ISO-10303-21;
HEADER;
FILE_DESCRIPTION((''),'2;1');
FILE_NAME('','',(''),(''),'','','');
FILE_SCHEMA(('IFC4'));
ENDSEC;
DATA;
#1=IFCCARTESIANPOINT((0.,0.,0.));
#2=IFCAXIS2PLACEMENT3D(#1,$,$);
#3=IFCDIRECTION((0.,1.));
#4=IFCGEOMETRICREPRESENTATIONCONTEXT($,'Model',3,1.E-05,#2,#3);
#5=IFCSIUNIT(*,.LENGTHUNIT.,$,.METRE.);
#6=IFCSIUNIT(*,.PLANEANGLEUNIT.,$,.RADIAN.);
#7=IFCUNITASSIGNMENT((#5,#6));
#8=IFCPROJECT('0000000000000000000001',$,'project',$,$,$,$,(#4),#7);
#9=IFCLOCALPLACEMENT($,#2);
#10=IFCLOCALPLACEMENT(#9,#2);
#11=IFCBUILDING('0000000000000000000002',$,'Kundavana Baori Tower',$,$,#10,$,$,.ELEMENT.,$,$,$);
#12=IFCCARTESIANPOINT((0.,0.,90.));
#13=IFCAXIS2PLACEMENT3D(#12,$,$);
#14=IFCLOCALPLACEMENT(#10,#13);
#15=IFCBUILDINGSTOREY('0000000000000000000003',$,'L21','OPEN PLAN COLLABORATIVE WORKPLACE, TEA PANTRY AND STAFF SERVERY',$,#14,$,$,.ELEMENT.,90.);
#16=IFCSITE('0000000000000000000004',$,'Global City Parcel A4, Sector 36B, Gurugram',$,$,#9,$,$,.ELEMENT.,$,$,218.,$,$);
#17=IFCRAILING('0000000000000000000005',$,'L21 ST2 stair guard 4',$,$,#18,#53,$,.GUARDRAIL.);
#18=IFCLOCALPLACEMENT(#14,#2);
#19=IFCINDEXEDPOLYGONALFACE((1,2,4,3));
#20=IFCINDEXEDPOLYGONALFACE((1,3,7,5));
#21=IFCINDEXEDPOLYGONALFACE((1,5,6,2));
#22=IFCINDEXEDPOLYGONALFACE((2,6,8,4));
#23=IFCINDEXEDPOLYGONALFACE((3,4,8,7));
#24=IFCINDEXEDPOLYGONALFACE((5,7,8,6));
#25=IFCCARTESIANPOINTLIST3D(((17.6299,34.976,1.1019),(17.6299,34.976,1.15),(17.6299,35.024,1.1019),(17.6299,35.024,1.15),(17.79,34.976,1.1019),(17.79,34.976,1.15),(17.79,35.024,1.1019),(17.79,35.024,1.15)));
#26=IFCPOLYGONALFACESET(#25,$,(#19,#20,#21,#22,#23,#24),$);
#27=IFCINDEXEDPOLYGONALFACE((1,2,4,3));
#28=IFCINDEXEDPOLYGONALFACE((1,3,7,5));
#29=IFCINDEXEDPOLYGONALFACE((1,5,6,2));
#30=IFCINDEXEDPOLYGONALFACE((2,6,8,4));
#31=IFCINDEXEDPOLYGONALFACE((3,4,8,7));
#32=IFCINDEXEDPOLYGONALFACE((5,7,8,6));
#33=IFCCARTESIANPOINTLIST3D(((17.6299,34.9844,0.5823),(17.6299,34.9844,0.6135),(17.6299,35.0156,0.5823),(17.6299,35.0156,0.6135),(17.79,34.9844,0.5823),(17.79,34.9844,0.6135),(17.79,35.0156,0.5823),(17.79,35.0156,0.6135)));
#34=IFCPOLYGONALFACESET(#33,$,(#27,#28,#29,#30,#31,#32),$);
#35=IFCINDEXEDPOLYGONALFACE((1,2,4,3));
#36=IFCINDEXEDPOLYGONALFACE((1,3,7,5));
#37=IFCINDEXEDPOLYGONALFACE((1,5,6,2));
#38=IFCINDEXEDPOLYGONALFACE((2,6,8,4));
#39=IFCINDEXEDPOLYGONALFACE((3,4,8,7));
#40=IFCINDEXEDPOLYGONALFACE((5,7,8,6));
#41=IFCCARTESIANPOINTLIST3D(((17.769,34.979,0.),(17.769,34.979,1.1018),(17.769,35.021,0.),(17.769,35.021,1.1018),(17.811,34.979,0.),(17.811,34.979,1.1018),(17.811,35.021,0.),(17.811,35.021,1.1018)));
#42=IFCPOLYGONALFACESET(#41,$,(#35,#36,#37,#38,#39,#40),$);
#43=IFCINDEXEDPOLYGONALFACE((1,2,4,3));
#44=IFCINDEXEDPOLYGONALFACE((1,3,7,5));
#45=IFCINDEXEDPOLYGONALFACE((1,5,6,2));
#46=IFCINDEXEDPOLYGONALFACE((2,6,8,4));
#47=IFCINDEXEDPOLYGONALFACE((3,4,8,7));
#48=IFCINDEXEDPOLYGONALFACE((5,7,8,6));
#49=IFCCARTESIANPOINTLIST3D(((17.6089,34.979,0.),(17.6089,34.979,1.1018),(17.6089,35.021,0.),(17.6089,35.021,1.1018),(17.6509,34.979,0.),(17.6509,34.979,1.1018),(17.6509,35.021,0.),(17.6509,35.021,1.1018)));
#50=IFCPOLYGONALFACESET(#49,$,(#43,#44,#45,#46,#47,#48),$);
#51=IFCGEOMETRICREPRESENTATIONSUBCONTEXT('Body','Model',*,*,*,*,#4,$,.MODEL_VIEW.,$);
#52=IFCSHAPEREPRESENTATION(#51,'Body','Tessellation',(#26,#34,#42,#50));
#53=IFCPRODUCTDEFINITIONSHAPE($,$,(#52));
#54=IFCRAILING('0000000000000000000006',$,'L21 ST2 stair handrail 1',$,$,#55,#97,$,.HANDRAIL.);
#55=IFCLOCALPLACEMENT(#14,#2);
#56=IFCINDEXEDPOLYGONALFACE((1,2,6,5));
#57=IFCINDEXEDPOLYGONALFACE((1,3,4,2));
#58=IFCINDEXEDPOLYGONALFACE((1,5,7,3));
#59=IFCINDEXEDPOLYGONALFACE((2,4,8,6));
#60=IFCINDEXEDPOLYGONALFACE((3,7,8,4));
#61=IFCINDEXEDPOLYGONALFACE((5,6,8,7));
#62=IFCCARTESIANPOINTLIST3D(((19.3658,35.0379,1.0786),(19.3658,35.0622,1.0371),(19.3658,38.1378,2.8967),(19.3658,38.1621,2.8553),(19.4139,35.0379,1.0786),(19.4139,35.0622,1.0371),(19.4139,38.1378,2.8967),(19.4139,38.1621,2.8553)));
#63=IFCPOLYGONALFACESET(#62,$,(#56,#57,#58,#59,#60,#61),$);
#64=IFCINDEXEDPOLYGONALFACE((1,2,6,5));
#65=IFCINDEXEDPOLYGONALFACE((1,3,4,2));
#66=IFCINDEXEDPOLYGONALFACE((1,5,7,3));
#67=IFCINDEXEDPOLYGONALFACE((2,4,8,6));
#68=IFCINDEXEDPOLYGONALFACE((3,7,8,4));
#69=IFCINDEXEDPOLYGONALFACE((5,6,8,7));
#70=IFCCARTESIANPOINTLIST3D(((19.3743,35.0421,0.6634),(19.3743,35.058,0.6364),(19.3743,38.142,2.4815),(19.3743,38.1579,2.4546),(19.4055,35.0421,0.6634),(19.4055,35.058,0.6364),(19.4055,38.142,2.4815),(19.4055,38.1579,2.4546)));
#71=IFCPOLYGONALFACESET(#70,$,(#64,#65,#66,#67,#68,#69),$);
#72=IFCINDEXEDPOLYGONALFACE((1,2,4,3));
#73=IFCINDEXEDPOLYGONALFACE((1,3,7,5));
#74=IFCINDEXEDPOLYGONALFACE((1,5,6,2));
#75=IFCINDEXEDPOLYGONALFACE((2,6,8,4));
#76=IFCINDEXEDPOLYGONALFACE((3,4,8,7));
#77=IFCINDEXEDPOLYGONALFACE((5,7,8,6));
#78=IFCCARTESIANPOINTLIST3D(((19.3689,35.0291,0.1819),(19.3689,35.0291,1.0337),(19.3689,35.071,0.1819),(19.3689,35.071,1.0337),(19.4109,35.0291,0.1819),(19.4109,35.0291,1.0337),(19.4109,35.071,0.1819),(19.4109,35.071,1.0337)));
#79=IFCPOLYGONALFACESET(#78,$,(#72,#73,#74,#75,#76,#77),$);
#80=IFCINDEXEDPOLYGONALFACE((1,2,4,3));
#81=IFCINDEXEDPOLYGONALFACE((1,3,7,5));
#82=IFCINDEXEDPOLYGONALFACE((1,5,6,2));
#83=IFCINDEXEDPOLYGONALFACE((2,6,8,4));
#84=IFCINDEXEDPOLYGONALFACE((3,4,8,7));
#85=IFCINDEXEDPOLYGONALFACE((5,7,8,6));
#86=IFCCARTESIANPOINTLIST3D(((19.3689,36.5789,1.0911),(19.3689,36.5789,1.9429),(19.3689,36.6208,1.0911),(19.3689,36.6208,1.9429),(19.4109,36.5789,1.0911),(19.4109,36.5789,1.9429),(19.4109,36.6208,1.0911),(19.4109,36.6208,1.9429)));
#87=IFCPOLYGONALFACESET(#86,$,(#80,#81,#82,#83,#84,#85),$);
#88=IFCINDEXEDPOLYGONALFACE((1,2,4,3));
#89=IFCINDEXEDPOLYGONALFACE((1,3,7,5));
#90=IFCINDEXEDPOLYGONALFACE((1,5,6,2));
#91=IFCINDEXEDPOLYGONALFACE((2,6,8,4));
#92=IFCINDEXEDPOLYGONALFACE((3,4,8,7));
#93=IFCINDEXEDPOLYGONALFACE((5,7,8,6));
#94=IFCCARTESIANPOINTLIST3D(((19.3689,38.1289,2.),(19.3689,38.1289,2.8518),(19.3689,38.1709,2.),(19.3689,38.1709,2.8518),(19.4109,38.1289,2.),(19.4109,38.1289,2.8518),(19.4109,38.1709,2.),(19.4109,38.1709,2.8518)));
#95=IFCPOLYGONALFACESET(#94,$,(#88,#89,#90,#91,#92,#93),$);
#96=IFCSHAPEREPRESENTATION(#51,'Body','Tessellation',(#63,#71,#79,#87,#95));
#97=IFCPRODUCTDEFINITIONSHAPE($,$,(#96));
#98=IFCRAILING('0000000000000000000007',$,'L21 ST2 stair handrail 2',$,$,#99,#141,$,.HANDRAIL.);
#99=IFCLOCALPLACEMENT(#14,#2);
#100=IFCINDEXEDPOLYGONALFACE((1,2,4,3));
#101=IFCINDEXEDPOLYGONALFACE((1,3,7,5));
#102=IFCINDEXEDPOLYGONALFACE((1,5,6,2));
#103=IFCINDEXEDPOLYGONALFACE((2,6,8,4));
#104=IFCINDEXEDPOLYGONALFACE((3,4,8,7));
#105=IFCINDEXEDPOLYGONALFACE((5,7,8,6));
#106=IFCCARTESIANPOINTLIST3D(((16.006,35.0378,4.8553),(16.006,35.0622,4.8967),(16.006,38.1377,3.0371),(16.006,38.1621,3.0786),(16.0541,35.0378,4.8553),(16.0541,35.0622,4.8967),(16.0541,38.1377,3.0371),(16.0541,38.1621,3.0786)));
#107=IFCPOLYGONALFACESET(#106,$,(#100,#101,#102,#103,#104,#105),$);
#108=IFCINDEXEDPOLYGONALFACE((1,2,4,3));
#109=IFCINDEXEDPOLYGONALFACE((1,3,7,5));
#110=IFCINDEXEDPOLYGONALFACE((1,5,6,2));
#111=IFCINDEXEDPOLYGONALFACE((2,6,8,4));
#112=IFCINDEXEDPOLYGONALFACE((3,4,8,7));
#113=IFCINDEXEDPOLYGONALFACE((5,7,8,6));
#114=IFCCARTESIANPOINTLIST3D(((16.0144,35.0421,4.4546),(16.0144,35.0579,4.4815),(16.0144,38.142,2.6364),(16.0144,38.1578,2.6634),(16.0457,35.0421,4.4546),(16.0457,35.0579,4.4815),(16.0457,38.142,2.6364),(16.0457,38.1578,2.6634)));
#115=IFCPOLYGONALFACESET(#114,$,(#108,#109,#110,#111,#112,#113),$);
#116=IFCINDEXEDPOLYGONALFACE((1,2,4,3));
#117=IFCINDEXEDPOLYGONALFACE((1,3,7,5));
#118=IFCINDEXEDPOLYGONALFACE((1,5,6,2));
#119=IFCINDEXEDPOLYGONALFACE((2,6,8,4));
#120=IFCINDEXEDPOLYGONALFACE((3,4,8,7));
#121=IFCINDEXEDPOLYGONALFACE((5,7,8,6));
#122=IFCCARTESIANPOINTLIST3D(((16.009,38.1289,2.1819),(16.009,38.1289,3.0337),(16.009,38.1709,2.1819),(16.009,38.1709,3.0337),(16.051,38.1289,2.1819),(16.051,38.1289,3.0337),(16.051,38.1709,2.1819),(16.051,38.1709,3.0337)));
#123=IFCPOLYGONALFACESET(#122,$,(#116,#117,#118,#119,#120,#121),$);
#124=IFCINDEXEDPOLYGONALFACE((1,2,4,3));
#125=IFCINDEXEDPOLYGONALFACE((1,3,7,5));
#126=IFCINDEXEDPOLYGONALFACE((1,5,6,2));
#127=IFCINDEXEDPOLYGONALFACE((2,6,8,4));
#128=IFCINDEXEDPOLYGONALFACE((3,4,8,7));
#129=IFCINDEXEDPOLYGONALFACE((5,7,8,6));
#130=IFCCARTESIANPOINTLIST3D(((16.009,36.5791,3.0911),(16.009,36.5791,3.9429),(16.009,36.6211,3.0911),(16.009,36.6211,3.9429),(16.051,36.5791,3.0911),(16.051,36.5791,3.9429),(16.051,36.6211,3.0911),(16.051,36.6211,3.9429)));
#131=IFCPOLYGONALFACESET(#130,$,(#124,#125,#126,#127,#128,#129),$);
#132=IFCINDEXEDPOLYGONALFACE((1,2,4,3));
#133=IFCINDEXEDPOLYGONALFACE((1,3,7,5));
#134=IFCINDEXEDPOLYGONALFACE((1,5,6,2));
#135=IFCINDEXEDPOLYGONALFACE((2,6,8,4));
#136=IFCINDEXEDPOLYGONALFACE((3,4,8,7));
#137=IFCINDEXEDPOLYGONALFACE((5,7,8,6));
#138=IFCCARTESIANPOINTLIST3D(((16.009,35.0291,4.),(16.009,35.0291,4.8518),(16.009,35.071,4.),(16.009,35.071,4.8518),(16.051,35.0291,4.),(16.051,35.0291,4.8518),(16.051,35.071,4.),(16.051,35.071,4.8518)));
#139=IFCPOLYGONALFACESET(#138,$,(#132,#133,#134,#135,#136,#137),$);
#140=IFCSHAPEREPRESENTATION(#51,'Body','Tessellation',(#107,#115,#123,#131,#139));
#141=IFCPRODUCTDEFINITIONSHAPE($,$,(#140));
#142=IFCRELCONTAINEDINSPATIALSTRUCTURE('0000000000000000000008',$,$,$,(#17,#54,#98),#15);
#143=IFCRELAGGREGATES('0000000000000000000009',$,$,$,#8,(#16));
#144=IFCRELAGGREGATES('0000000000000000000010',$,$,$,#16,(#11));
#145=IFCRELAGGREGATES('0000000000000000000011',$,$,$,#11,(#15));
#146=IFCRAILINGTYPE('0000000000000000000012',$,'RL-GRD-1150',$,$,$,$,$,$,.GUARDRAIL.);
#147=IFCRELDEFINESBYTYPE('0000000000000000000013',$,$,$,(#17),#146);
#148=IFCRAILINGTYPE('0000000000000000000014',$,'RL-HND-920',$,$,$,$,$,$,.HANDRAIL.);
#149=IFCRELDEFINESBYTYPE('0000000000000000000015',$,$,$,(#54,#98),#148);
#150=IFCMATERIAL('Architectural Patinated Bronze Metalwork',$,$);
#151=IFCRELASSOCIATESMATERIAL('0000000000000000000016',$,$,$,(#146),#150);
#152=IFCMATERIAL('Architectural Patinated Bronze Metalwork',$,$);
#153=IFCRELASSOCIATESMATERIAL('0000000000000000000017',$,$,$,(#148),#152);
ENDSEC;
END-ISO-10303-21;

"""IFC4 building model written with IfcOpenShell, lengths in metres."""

from ifc_helpers import new_model, si_unit, direction, frame, origin, origin_2d, place, context, subcontext, project, spatial, rectangle, extrude, material, type_object, element, save


model = new_model("IFC4")

# Units and contexts
model_context = context("Model", 3, precision=1e-05, world=origin(), true_north=direction((0.0, 1.0)))
body_context = subcontext(model_context, "Body", "Model", "MODEL_VIEW")
ifc_project = project(units=[si_unit("LENGTHUNIT", "METRE"), si_unit("PLANEANGLEUNIT", "RADIAN")], contexts=[model_context])

# Site, building, storey
site_placement = place(None, origin())
site = spatial("IfcSite", under=ifc_project, at=site_placement, Name="Global City Parcel A4, Sector 36B, Gurugram", CompositionType="ELEMENT", RefElevation=218.0)
building_placement = place(site_placement, origin())
building = spatial("IfcBuilding", under=site, at=building_placement, Name="Kundavana Baori Tower", CompositionType="ELEMENT")
storey_placement = place(building_placement, frame((0.0, 0.0, 90.0)))
storey = spatial("IfcBuildingStorey", under=building, at=storey_placement, Name="L21", Description="OPEN PLAN COLLABORATIVE WORKPLACE, TEA PANTRY AND STAFF SERVERY", CompositionType="ELEMENT", Elevation=90.0)

# Railings
ifc_material_1 = material(Name="Architectural Patinated Bronze Metalwork")
railing_type_1 = type_object("IfcRailingType", Name="RL-GRD-1150", PredefinedType="GUARDRAIL", material=ifc_material_1)
railing_1_placement = place(storey_placement, frame((17.79, 35.0, 0.0)))
element("IfcRailing", 1, at=railing_1_placement, inside=storey, type_object=railing_type_1, Name="L21 ST2 stair guard 4", PredefinedType="GUARDRAIL", context=body_context, shape_type="SweptSolid", body=[
    extrude(rectangle(XDim=0.0481, YDim=0.0481, at=origin_2d()), frame((0.0, 0.0, 1.126), z_axis=(-1.0, 0.0, 0.0), x_axis=(0.0, -1.0, 0.0)), (0.0, 0.0, 1.0), 0.1602),
    extrude(rectangle(XDim=0.0312, YDim=0.0312, at=origin_2d()), frame((0.0, 0.0, 0.5979), z_axis=(-1.0, 0.0, 0.0), x_axis=(0.0, -1.0, 0.0)), (0.0, 0.0, 1.0), 0.1602),
    extrude(rectangle(XDim=0.042, YDim=0.042, at=origin_2d()), origin(), (0.0, 0.0, 1.0), 1.1018),
    extrude(rectangle(XDim=0.042, YDim=0.042, at=origin_2d()), frame((-0.1602, 0.0, 0.0)), (0.0, 0.0, 1.0), 1.1018),
])
ifc_material_2 = material(Name="Architectural Patinated Bronze Metalwork")
railing_type_2 = type_object("IfcRailingType", Name="RL-HND-920", PredefinedType="HANDRAIL", material=ifc_material_2)
railing_2_placement = place(storey_placement, frame((19.3899, 35.05, 0.1819)))
element("IfcRailing", 2, at=railing_2_placement, inside=storey, type_object=railing_type_2, Name="L21 ST2 stair handrail 1", PredefinedType="HANDRAIL", context=body_context, shape_type="SweptSolid", body=[
    extrude(rectangle(XDim=0.0481, YDim=0.0481, at=origin_2d()), frame((0.0, 0.0, 0.876), z_axis=(0.0, 0.862581, 0.505918), x_axis=(-1.0, 0.0, 0.0)), (0.0, 0.0, 1.0), 3.5938),
    extrude(rectangle(XDim=0.0312, YDim=0.0312, at=origin_2d()), frame((0.0, 0.0, 0.468), z_axis=(0.0, 0.862581, 0.505918), x_axis=(-1.0, 0.0, 0.0)), (0.0, 0.0, 1.0), 3.5938),
    extrude(rectangle(XDim=0.042, YDim=0.042, at=origin_2d()), origin(), (0.0, 0.0, 1.0), 0.8518),
    extrude(rectangle(XDim=0.042, YDim=0.042, at=origin_2d()), frame((0.0, 1.5498, 0.9092)), (0.0, 0.0, 1.0), 0.8518),
    extrude(rectangle(XDim=0.042, YDim=0.042, at=origin_2d()), frame((0.0, 3.0999, 1.8181)), (0.0, 0.0, 1.0), 0.8518),
])
railing_3_placement = place(storey_placement, frame((16.03, 38.1499, 2.1819)))
element("IfcRailing", 3, at=railing_3_placement, inside=storey, type_object=railing_type_2, Name="L21 ST2 stair handrail 2", PredefinedType="HANDRAIL", context=body_context, shape_type="SweptSolid", body=[
    extrude(rectangle(XDim=0.0481, YDim=0.0481, at=origin_2d()), frame((0.0, 0.0, 0.876), z_axis=(0.0, -0.862581, 0.505918), x_axis=(1.0, 0.0, 0.0)), (0.0, 0.0, 1.0), 3.5938),
    extrude(rectangle(XDim=0.0312, YDim=0.0312, at=origin_2d()), frame((0.0, 0.0, 0.468), z_axis=(0.0, -0.862581, 0.505918), x_axis=(1.0, 0.0, 0.0)), (0.0, 0.0, 1.0), 3.5938),
    extrude(rectangle(XDim=0.042, YDim=0.042, at=origin_2d()), origin(), (0.0, 0.0, 1.0), 0.8518),
    extrude(rectangle(XDim=0.042, YDim=0.042, at=origin_2d()), frame((0.0, -1.5498, 0.9092)), (0.0, 0.0, 1.0), 0.8518),
    extrude(rectangle(XDim=0.042, YDim=0.042, at=origin_2d()), frame((0.0, -3.0999, 1.8181)), (0.0, 0.0, 1.0), 0.8518),
])

save(model, "model.ifc")
